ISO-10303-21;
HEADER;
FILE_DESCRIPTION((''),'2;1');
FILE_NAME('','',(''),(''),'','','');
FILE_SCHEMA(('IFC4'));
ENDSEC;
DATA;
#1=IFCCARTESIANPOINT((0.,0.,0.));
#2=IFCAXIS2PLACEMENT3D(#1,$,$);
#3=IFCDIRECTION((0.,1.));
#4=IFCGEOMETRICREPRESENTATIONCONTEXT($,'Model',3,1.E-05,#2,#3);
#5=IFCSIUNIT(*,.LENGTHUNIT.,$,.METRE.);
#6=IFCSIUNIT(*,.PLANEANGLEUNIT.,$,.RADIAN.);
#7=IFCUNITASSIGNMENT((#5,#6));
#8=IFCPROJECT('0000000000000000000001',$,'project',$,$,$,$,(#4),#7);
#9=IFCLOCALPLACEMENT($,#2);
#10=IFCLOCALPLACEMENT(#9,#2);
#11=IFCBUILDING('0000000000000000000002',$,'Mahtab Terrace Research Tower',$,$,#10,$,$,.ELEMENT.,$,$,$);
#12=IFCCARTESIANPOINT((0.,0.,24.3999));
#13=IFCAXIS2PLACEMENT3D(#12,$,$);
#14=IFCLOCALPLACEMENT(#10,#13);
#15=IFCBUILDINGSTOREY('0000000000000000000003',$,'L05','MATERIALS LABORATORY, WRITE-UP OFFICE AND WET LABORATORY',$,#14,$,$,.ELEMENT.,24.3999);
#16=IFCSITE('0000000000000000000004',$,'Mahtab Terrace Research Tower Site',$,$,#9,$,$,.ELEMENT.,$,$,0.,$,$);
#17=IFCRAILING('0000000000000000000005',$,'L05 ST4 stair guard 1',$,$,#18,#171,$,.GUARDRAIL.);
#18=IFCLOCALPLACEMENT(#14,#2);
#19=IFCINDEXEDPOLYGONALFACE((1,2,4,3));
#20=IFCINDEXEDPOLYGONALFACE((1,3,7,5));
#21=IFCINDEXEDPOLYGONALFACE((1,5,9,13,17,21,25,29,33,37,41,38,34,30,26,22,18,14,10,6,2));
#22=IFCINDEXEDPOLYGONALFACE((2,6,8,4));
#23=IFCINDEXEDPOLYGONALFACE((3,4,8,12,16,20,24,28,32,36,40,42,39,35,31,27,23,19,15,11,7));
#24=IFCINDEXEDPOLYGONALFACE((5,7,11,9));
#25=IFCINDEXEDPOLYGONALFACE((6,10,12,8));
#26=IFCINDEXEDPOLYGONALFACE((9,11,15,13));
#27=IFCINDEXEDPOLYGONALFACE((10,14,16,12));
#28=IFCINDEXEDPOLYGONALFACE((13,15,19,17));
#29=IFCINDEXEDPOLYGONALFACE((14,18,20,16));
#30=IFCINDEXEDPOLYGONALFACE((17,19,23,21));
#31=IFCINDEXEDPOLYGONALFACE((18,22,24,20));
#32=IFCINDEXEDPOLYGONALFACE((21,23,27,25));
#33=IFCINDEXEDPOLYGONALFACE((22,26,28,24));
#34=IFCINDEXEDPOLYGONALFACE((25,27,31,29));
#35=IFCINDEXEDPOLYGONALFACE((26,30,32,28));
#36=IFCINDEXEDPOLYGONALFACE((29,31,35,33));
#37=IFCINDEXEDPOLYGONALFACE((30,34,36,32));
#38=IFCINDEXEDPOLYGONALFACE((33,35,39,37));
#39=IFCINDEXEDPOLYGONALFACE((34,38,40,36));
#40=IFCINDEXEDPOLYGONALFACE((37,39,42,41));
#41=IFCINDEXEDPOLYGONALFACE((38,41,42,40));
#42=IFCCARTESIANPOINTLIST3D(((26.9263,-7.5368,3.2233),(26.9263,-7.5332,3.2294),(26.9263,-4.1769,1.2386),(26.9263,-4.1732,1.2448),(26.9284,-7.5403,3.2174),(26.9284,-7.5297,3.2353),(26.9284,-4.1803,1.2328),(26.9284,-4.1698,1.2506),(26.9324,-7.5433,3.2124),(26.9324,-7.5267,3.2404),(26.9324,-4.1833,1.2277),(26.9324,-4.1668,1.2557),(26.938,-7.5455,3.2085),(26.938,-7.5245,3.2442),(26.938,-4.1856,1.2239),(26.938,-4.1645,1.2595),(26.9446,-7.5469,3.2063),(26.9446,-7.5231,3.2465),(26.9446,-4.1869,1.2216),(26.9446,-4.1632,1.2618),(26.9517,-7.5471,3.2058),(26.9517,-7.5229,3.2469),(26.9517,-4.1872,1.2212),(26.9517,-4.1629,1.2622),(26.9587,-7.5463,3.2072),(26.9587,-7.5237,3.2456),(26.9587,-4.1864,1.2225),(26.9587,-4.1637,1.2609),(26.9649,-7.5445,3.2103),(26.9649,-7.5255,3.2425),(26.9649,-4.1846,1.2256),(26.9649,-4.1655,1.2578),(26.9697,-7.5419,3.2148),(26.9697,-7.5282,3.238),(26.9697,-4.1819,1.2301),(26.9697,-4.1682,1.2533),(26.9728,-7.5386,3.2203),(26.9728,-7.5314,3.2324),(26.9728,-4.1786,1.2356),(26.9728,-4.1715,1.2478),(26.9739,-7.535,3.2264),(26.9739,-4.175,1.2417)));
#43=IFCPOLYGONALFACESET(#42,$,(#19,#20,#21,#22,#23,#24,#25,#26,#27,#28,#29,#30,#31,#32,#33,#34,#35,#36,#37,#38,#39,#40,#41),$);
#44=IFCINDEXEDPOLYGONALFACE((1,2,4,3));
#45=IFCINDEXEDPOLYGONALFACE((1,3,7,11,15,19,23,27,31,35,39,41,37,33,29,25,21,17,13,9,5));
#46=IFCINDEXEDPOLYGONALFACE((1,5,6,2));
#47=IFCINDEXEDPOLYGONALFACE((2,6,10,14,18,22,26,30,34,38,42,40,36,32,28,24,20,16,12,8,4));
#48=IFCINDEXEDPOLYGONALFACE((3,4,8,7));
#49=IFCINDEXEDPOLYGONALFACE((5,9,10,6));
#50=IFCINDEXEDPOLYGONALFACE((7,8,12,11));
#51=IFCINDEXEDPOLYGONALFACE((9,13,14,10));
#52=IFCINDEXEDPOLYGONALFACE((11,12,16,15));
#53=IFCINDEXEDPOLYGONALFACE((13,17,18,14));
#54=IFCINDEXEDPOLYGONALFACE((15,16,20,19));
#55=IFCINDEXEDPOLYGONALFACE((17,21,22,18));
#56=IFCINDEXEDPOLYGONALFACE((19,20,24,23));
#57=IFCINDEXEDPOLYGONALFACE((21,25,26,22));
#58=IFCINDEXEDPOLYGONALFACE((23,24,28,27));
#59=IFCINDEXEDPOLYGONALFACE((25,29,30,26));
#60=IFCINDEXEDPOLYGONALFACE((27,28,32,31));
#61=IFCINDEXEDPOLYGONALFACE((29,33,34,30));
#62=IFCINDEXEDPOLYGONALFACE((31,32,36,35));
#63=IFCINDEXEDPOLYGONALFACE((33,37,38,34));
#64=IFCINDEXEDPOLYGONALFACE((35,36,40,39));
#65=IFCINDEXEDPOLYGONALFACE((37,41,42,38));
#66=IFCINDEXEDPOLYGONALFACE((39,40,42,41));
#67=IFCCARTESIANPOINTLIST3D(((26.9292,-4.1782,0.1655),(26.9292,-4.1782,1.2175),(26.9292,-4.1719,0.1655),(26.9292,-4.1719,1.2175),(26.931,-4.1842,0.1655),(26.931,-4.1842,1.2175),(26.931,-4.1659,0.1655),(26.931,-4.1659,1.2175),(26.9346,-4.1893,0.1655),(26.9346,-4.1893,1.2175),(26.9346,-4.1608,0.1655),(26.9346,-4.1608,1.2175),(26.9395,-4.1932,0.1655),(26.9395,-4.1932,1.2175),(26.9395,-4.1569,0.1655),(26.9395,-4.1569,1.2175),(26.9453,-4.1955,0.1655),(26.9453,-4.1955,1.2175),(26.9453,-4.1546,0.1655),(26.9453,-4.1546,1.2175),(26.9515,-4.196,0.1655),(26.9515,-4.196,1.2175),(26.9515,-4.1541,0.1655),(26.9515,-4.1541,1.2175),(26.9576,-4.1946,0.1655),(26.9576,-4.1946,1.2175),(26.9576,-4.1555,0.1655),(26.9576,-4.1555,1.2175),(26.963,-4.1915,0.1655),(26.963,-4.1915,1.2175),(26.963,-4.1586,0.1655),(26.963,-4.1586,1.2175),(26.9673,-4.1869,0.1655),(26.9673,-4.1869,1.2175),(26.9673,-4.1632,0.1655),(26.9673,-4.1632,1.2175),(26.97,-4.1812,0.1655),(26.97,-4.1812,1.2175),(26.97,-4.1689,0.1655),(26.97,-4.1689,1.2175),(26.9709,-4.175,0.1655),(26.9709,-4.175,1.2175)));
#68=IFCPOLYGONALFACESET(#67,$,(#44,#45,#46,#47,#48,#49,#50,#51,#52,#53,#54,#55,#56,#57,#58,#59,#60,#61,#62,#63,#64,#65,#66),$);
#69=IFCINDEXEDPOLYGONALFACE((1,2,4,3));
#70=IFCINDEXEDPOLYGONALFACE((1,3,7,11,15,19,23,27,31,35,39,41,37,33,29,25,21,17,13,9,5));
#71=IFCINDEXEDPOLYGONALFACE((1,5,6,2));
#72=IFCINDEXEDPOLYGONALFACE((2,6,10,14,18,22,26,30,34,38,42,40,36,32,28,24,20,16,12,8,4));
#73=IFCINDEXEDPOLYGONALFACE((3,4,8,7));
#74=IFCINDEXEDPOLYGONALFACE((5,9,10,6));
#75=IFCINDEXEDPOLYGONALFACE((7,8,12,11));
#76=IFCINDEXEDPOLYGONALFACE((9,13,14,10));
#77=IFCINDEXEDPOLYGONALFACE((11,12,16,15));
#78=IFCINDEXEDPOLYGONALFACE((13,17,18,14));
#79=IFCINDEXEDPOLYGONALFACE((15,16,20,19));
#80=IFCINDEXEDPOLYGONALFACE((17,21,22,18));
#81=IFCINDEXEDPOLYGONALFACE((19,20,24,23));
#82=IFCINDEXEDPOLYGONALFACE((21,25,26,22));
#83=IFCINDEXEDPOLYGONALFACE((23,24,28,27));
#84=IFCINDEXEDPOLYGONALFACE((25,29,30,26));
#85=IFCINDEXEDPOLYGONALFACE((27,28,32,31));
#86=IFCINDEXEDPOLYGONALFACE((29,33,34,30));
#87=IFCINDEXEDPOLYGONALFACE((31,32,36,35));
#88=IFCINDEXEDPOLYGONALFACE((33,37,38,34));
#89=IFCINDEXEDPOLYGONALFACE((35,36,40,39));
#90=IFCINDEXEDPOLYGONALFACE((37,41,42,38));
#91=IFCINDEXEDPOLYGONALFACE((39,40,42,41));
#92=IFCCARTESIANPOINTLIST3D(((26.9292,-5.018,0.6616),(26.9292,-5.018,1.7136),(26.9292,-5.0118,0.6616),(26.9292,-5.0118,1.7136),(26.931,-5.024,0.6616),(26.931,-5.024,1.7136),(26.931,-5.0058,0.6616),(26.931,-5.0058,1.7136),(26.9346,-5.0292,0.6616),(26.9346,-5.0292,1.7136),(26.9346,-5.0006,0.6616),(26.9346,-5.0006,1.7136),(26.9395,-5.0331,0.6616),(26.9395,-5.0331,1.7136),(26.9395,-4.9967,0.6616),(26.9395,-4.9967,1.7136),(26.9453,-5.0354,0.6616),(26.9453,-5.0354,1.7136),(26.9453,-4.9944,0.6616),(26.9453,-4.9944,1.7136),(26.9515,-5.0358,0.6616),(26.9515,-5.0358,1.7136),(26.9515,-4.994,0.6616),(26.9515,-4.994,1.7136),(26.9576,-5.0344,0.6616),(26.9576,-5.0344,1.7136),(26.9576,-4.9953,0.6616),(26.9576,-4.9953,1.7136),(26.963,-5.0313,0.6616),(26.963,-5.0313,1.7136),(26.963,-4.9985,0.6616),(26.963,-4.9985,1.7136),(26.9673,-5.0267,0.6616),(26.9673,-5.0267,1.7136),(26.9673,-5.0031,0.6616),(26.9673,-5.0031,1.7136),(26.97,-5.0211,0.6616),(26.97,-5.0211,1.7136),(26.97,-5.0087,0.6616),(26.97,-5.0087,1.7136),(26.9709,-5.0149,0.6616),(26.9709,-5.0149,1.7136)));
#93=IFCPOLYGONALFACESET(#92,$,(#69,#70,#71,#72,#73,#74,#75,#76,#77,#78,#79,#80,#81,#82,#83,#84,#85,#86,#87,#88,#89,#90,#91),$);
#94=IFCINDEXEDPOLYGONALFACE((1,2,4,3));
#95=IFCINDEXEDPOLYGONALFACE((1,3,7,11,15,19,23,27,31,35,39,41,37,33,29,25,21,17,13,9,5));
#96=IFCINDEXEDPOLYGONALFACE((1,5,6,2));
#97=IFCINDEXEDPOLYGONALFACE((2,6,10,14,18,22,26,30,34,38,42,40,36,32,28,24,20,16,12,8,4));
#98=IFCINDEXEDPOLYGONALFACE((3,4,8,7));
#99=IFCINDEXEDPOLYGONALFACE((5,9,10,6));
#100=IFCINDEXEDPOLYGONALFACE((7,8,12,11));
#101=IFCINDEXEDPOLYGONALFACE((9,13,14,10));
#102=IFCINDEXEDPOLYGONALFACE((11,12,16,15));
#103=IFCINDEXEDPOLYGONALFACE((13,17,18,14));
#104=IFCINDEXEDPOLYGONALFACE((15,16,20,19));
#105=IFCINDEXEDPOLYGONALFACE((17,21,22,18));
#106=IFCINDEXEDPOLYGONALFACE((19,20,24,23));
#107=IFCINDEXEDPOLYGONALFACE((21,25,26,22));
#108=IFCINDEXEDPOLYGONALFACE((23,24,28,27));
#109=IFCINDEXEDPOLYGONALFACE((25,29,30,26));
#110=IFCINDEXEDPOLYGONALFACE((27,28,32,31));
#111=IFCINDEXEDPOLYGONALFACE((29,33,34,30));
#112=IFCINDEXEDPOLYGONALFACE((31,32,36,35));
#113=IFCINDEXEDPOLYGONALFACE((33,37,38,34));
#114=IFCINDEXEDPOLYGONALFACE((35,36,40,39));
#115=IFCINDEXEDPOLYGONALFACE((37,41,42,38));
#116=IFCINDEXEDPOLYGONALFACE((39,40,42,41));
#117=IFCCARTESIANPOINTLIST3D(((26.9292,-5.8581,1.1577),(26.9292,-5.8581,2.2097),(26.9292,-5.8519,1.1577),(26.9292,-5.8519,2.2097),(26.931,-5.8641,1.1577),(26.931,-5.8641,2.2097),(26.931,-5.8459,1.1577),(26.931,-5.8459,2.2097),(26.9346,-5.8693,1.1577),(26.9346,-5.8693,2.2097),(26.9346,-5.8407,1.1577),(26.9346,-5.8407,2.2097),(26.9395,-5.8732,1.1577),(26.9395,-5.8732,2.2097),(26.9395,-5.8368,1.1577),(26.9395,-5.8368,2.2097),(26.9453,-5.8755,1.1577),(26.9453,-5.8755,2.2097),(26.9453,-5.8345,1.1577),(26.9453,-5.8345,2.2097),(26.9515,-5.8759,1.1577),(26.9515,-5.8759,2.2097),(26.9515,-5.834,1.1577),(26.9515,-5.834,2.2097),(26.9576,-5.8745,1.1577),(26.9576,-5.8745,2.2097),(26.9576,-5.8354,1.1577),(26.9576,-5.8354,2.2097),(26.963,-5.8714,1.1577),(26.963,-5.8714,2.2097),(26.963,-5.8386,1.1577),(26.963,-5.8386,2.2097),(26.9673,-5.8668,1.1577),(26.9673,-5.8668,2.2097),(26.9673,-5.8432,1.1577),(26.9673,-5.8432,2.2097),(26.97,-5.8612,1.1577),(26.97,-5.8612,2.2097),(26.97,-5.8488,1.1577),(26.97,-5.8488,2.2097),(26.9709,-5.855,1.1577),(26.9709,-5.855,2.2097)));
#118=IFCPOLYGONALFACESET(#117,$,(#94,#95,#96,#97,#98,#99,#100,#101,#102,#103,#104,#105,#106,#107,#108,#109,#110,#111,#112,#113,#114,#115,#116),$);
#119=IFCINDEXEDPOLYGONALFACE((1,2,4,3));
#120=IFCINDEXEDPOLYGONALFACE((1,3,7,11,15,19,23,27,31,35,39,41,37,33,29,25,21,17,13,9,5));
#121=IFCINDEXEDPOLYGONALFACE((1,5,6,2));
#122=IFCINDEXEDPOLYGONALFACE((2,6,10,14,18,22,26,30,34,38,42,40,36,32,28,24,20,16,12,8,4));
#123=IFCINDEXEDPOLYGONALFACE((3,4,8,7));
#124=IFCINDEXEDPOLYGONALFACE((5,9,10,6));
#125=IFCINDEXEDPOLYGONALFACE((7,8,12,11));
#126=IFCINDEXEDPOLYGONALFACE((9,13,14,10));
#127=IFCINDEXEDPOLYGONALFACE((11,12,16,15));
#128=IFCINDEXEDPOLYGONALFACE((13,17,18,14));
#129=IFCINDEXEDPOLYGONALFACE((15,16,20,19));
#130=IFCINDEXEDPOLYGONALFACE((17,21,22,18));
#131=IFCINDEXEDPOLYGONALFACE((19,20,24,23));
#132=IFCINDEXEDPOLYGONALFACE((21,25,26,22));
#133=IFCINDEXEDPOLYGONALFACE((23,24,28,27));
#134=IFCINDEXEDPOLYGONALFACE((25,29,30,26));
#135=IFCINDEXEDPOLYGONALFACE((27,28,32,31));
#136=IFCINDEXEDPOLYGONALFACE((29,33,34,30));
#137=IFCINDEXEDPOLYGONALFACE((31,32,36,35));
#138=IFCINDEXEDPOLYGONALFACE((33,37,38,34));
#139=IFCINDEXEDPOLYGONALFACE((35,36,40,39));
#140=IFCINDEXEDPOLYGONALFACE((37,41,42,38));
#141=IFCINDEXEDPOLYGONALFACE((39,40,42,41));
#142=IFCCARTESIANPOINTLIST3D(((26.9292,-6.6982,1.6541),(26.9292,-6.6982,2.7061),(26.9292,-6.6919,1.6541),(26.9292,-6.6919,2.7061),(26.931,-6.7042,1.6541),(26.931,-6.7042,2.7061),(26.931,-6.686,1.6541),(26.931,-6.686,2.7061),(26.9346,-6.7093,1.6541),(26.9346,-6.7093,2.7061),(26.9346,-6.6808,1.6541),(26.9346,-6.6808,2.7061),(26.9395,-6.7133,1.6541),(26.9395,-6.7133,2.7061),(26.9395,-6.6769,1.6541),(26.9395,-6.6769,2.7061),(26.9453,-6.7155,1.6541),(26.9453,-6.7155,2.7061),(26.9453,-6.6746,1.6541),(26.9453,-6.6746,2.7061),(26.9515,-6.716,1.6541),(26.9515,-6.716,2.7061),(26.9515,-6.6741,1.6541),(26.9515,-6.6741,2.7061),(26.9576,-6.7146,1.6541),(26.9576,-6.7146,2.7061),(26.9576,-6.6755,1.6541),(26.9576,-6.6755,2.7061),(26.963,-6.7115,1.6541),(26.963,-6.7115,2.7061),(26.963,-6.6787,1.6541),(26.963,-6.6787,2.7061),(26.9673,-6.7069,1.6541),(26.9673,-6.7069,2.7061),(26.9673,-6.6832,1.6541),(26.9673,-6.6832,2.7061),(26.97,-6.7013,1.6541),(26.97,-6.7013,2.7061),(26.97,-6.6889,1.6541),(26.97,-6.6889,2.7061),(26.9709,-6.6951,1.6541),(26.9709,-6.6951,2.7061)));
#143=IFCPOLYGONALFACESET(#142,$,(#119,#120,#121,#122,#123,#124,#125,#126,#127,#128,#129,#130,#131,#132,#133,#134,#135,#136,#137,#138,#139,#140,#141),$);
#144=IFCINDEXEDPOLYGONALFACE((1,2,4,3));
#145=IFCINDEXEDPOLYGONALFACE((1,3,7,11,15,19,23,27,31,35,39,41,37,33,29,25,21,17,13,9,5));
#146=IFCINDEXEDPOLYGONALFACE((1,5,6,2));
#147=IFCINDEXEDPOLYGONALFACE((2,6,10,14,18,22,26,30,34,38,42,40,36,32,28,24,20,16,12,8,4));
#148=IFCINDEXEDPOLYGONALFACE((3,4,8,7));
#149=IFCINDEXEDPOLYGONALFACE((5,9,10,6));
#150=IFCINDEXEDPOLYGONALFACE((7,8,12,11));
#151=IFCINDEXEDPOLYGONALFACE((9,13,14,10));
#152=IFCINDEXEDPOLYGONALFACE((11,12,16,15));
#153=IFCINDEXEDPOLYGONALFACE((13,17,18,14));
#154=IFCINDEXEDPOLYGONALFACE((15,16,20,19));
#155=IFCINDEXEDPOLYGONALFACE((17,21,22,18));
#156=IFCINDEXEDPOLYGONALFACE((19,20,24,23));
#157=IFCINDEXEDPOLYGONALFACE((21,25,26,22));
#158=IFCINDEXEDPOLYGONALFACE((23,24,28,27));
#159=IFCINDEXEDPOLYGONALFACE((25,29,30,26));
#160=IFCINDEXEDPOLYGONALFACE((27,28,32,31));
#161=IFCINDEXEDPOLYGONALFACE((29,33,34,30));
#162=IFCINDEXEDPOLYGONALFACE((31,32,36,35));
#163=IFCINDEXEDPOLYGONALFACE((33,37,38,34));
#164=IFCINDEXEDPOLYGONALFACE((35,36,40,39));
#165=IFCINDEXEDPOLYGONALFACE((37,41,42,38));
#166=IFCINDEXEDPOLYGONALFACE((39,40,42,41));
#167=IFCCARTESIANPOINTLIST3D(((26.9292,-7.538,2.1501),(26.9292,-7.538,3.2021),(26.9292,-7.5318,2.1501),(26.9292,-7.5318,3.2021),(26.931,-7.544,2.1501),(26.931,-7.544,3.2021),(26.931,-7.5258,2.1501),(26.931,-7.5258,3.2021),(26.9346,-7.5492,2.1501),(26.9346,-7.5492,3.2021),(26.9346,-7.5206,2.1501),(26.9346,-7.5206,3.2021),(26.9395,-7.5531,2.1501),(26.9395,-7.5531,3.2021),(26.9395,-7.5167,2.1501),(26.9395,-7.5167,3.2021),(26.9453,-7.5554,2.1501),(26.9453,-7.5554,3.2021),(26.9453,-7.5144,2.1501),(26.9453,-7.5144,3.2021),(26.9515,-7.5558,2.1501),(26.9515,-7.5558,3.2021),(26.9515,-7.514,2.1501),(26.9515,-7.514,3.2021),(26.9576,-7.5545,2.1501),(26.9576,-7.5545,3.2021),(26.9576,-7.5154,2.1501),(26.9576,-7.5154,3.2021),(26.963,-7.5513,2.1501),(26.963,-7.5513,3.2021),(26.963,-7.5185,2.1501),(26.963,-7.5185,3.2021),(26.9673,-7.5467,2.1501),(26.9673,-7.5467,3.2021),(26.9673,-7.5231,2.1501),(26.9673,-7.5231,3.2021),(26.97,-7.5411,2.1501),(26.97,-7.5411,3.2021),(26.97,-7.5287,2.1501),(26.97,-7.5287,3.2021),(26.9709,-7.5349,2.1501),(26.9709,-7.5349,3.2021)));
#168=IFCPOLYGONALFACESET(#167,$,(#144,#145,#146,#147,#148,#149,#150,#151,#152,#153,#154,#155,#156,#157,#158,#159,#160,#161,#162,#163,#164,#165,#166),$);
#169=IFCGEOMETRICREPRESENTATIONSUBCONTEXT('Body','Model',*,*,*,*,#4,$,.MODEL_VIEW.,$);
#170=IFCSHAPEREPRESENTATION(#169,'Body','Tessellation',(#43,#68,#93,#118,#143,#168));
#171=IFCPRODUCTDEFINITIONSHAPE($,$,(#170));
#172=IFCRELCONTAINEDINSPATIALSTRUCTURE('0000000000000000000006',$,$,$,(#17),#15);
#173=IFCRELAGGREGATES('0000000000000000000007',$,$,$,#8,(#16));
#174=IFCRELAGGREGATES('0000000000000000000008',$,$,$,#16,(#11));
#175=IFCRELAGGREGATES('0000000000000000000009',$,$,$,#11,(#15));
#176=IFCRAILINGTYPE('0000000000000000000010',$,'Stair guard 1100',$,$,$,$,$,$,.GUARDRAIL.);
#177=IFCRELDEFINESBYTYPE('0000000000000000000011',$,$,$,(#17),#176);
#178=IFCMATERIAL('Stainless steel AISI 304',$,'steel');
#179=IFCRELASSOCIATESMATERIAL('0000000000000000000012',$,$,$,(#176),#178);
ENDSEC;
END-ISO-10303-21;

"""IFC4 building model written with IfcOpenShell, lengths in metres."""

from ifc_helpers import new_model, si_unit, direction, frame, origin, origin_2d, place, context, subcontext, project, spatial, circle, extrude, material, type_object, element, save


model = new_model("IFC4")

# Units and contexts
model_context = context("Model", 3, precision=1e-05, world=origin(), true_north=direction((0.0, 1.0)))
body_context = subcontext(model_context, "Body", "Model", "MODEL_VIEW")
ifc_project = project(units=[si_unit("LENGTHUNIT", "METRE"), si_unit("PLANEANGLEUNIT", "RADIAN")], contexts=[model_context])

# Site, building, storey
site_placement = place(None, origin())
site = spatial("IfcSite", under=ifc_project, at=site_placement, Name="Mahtab Terrace Research Tower Site", CompositionType="ELEMENT", RefElevation=0.0)
building_placement = place(site_placement, origin())
building = spatial("IfcBuilding", under=site, at=building_placement, Name="Mahtab Terrace Research Tower", CompositionType="ELEMENT")
storey_placement = place(building_placement, frame((0.0, 0.0, 24.3999)))
storey = spatial("IfcBuildingStorey", under=building, at=storey_placement, Name="L05", Description="MATERIALS LABORATORY, WRITE-UP OFFICE AND WET LABORATORY", CompositionType="ELEMENT", Elevation=24.3999)

# Shared definitions
ifc_material_1 = material(Name="Stainless steel AISI 304", Category="steel")

# Railing
railing_type_1 = type_object("IfcRailingType", Name="Stair guard 1100", PredefinedType="GUARDRAIL", material=ifc_material_1)
railing_1_placement = place(storey_placement, frame((26.95, -4.175, 0.1655)))
element("IfcRailing", 1, at=railing_1_placement, inside=storey, type_object=railing_type_1, Name="L05 ST4 stair guard 1", PredefinedType="GUARDRAIL", context=body_context, shape_type="SweptSolid", body=[
    extrude(circle(Radius=0.0239, at=origin_2d()), frame((0.0, 0.0, 1.0762), z_axis=(0.0, -0.861011, 0.508586), x_axis=(1.0, 0.0, 0.0)), (0.0, 0.0, 1.0), 3.9023),
    extrude(circle(Radius=0.021, at=origin_2d()), origin(), (0.0, 0.0, 1.0), 1.052),
    extrude(circle(Radius=0.021, at=origin_2d()), frame((0.0, -0.8398, 0.4961)), (0.0, 0.0, 1.0), 1.052),
    extrude(circle(Radius=0.021, at=origin_2d()), frame((0.0, -1.6799, 0.9922)), (0.0, 0.0, 1.0), 1.052),
    extrude(circle(Radius=0.021, at=origin_2d()), frame((0.0, -2.52, 1.4885)), (0.0, 0.0, 1.0), 1.052),
    extrude(circle(Radius=0.021, at=origin_2d()), frame((0.0, -3.3599, 1.9846)), (0.0, 0.0, 1.0), 1.052),
])

save(model, "model.ifc")
